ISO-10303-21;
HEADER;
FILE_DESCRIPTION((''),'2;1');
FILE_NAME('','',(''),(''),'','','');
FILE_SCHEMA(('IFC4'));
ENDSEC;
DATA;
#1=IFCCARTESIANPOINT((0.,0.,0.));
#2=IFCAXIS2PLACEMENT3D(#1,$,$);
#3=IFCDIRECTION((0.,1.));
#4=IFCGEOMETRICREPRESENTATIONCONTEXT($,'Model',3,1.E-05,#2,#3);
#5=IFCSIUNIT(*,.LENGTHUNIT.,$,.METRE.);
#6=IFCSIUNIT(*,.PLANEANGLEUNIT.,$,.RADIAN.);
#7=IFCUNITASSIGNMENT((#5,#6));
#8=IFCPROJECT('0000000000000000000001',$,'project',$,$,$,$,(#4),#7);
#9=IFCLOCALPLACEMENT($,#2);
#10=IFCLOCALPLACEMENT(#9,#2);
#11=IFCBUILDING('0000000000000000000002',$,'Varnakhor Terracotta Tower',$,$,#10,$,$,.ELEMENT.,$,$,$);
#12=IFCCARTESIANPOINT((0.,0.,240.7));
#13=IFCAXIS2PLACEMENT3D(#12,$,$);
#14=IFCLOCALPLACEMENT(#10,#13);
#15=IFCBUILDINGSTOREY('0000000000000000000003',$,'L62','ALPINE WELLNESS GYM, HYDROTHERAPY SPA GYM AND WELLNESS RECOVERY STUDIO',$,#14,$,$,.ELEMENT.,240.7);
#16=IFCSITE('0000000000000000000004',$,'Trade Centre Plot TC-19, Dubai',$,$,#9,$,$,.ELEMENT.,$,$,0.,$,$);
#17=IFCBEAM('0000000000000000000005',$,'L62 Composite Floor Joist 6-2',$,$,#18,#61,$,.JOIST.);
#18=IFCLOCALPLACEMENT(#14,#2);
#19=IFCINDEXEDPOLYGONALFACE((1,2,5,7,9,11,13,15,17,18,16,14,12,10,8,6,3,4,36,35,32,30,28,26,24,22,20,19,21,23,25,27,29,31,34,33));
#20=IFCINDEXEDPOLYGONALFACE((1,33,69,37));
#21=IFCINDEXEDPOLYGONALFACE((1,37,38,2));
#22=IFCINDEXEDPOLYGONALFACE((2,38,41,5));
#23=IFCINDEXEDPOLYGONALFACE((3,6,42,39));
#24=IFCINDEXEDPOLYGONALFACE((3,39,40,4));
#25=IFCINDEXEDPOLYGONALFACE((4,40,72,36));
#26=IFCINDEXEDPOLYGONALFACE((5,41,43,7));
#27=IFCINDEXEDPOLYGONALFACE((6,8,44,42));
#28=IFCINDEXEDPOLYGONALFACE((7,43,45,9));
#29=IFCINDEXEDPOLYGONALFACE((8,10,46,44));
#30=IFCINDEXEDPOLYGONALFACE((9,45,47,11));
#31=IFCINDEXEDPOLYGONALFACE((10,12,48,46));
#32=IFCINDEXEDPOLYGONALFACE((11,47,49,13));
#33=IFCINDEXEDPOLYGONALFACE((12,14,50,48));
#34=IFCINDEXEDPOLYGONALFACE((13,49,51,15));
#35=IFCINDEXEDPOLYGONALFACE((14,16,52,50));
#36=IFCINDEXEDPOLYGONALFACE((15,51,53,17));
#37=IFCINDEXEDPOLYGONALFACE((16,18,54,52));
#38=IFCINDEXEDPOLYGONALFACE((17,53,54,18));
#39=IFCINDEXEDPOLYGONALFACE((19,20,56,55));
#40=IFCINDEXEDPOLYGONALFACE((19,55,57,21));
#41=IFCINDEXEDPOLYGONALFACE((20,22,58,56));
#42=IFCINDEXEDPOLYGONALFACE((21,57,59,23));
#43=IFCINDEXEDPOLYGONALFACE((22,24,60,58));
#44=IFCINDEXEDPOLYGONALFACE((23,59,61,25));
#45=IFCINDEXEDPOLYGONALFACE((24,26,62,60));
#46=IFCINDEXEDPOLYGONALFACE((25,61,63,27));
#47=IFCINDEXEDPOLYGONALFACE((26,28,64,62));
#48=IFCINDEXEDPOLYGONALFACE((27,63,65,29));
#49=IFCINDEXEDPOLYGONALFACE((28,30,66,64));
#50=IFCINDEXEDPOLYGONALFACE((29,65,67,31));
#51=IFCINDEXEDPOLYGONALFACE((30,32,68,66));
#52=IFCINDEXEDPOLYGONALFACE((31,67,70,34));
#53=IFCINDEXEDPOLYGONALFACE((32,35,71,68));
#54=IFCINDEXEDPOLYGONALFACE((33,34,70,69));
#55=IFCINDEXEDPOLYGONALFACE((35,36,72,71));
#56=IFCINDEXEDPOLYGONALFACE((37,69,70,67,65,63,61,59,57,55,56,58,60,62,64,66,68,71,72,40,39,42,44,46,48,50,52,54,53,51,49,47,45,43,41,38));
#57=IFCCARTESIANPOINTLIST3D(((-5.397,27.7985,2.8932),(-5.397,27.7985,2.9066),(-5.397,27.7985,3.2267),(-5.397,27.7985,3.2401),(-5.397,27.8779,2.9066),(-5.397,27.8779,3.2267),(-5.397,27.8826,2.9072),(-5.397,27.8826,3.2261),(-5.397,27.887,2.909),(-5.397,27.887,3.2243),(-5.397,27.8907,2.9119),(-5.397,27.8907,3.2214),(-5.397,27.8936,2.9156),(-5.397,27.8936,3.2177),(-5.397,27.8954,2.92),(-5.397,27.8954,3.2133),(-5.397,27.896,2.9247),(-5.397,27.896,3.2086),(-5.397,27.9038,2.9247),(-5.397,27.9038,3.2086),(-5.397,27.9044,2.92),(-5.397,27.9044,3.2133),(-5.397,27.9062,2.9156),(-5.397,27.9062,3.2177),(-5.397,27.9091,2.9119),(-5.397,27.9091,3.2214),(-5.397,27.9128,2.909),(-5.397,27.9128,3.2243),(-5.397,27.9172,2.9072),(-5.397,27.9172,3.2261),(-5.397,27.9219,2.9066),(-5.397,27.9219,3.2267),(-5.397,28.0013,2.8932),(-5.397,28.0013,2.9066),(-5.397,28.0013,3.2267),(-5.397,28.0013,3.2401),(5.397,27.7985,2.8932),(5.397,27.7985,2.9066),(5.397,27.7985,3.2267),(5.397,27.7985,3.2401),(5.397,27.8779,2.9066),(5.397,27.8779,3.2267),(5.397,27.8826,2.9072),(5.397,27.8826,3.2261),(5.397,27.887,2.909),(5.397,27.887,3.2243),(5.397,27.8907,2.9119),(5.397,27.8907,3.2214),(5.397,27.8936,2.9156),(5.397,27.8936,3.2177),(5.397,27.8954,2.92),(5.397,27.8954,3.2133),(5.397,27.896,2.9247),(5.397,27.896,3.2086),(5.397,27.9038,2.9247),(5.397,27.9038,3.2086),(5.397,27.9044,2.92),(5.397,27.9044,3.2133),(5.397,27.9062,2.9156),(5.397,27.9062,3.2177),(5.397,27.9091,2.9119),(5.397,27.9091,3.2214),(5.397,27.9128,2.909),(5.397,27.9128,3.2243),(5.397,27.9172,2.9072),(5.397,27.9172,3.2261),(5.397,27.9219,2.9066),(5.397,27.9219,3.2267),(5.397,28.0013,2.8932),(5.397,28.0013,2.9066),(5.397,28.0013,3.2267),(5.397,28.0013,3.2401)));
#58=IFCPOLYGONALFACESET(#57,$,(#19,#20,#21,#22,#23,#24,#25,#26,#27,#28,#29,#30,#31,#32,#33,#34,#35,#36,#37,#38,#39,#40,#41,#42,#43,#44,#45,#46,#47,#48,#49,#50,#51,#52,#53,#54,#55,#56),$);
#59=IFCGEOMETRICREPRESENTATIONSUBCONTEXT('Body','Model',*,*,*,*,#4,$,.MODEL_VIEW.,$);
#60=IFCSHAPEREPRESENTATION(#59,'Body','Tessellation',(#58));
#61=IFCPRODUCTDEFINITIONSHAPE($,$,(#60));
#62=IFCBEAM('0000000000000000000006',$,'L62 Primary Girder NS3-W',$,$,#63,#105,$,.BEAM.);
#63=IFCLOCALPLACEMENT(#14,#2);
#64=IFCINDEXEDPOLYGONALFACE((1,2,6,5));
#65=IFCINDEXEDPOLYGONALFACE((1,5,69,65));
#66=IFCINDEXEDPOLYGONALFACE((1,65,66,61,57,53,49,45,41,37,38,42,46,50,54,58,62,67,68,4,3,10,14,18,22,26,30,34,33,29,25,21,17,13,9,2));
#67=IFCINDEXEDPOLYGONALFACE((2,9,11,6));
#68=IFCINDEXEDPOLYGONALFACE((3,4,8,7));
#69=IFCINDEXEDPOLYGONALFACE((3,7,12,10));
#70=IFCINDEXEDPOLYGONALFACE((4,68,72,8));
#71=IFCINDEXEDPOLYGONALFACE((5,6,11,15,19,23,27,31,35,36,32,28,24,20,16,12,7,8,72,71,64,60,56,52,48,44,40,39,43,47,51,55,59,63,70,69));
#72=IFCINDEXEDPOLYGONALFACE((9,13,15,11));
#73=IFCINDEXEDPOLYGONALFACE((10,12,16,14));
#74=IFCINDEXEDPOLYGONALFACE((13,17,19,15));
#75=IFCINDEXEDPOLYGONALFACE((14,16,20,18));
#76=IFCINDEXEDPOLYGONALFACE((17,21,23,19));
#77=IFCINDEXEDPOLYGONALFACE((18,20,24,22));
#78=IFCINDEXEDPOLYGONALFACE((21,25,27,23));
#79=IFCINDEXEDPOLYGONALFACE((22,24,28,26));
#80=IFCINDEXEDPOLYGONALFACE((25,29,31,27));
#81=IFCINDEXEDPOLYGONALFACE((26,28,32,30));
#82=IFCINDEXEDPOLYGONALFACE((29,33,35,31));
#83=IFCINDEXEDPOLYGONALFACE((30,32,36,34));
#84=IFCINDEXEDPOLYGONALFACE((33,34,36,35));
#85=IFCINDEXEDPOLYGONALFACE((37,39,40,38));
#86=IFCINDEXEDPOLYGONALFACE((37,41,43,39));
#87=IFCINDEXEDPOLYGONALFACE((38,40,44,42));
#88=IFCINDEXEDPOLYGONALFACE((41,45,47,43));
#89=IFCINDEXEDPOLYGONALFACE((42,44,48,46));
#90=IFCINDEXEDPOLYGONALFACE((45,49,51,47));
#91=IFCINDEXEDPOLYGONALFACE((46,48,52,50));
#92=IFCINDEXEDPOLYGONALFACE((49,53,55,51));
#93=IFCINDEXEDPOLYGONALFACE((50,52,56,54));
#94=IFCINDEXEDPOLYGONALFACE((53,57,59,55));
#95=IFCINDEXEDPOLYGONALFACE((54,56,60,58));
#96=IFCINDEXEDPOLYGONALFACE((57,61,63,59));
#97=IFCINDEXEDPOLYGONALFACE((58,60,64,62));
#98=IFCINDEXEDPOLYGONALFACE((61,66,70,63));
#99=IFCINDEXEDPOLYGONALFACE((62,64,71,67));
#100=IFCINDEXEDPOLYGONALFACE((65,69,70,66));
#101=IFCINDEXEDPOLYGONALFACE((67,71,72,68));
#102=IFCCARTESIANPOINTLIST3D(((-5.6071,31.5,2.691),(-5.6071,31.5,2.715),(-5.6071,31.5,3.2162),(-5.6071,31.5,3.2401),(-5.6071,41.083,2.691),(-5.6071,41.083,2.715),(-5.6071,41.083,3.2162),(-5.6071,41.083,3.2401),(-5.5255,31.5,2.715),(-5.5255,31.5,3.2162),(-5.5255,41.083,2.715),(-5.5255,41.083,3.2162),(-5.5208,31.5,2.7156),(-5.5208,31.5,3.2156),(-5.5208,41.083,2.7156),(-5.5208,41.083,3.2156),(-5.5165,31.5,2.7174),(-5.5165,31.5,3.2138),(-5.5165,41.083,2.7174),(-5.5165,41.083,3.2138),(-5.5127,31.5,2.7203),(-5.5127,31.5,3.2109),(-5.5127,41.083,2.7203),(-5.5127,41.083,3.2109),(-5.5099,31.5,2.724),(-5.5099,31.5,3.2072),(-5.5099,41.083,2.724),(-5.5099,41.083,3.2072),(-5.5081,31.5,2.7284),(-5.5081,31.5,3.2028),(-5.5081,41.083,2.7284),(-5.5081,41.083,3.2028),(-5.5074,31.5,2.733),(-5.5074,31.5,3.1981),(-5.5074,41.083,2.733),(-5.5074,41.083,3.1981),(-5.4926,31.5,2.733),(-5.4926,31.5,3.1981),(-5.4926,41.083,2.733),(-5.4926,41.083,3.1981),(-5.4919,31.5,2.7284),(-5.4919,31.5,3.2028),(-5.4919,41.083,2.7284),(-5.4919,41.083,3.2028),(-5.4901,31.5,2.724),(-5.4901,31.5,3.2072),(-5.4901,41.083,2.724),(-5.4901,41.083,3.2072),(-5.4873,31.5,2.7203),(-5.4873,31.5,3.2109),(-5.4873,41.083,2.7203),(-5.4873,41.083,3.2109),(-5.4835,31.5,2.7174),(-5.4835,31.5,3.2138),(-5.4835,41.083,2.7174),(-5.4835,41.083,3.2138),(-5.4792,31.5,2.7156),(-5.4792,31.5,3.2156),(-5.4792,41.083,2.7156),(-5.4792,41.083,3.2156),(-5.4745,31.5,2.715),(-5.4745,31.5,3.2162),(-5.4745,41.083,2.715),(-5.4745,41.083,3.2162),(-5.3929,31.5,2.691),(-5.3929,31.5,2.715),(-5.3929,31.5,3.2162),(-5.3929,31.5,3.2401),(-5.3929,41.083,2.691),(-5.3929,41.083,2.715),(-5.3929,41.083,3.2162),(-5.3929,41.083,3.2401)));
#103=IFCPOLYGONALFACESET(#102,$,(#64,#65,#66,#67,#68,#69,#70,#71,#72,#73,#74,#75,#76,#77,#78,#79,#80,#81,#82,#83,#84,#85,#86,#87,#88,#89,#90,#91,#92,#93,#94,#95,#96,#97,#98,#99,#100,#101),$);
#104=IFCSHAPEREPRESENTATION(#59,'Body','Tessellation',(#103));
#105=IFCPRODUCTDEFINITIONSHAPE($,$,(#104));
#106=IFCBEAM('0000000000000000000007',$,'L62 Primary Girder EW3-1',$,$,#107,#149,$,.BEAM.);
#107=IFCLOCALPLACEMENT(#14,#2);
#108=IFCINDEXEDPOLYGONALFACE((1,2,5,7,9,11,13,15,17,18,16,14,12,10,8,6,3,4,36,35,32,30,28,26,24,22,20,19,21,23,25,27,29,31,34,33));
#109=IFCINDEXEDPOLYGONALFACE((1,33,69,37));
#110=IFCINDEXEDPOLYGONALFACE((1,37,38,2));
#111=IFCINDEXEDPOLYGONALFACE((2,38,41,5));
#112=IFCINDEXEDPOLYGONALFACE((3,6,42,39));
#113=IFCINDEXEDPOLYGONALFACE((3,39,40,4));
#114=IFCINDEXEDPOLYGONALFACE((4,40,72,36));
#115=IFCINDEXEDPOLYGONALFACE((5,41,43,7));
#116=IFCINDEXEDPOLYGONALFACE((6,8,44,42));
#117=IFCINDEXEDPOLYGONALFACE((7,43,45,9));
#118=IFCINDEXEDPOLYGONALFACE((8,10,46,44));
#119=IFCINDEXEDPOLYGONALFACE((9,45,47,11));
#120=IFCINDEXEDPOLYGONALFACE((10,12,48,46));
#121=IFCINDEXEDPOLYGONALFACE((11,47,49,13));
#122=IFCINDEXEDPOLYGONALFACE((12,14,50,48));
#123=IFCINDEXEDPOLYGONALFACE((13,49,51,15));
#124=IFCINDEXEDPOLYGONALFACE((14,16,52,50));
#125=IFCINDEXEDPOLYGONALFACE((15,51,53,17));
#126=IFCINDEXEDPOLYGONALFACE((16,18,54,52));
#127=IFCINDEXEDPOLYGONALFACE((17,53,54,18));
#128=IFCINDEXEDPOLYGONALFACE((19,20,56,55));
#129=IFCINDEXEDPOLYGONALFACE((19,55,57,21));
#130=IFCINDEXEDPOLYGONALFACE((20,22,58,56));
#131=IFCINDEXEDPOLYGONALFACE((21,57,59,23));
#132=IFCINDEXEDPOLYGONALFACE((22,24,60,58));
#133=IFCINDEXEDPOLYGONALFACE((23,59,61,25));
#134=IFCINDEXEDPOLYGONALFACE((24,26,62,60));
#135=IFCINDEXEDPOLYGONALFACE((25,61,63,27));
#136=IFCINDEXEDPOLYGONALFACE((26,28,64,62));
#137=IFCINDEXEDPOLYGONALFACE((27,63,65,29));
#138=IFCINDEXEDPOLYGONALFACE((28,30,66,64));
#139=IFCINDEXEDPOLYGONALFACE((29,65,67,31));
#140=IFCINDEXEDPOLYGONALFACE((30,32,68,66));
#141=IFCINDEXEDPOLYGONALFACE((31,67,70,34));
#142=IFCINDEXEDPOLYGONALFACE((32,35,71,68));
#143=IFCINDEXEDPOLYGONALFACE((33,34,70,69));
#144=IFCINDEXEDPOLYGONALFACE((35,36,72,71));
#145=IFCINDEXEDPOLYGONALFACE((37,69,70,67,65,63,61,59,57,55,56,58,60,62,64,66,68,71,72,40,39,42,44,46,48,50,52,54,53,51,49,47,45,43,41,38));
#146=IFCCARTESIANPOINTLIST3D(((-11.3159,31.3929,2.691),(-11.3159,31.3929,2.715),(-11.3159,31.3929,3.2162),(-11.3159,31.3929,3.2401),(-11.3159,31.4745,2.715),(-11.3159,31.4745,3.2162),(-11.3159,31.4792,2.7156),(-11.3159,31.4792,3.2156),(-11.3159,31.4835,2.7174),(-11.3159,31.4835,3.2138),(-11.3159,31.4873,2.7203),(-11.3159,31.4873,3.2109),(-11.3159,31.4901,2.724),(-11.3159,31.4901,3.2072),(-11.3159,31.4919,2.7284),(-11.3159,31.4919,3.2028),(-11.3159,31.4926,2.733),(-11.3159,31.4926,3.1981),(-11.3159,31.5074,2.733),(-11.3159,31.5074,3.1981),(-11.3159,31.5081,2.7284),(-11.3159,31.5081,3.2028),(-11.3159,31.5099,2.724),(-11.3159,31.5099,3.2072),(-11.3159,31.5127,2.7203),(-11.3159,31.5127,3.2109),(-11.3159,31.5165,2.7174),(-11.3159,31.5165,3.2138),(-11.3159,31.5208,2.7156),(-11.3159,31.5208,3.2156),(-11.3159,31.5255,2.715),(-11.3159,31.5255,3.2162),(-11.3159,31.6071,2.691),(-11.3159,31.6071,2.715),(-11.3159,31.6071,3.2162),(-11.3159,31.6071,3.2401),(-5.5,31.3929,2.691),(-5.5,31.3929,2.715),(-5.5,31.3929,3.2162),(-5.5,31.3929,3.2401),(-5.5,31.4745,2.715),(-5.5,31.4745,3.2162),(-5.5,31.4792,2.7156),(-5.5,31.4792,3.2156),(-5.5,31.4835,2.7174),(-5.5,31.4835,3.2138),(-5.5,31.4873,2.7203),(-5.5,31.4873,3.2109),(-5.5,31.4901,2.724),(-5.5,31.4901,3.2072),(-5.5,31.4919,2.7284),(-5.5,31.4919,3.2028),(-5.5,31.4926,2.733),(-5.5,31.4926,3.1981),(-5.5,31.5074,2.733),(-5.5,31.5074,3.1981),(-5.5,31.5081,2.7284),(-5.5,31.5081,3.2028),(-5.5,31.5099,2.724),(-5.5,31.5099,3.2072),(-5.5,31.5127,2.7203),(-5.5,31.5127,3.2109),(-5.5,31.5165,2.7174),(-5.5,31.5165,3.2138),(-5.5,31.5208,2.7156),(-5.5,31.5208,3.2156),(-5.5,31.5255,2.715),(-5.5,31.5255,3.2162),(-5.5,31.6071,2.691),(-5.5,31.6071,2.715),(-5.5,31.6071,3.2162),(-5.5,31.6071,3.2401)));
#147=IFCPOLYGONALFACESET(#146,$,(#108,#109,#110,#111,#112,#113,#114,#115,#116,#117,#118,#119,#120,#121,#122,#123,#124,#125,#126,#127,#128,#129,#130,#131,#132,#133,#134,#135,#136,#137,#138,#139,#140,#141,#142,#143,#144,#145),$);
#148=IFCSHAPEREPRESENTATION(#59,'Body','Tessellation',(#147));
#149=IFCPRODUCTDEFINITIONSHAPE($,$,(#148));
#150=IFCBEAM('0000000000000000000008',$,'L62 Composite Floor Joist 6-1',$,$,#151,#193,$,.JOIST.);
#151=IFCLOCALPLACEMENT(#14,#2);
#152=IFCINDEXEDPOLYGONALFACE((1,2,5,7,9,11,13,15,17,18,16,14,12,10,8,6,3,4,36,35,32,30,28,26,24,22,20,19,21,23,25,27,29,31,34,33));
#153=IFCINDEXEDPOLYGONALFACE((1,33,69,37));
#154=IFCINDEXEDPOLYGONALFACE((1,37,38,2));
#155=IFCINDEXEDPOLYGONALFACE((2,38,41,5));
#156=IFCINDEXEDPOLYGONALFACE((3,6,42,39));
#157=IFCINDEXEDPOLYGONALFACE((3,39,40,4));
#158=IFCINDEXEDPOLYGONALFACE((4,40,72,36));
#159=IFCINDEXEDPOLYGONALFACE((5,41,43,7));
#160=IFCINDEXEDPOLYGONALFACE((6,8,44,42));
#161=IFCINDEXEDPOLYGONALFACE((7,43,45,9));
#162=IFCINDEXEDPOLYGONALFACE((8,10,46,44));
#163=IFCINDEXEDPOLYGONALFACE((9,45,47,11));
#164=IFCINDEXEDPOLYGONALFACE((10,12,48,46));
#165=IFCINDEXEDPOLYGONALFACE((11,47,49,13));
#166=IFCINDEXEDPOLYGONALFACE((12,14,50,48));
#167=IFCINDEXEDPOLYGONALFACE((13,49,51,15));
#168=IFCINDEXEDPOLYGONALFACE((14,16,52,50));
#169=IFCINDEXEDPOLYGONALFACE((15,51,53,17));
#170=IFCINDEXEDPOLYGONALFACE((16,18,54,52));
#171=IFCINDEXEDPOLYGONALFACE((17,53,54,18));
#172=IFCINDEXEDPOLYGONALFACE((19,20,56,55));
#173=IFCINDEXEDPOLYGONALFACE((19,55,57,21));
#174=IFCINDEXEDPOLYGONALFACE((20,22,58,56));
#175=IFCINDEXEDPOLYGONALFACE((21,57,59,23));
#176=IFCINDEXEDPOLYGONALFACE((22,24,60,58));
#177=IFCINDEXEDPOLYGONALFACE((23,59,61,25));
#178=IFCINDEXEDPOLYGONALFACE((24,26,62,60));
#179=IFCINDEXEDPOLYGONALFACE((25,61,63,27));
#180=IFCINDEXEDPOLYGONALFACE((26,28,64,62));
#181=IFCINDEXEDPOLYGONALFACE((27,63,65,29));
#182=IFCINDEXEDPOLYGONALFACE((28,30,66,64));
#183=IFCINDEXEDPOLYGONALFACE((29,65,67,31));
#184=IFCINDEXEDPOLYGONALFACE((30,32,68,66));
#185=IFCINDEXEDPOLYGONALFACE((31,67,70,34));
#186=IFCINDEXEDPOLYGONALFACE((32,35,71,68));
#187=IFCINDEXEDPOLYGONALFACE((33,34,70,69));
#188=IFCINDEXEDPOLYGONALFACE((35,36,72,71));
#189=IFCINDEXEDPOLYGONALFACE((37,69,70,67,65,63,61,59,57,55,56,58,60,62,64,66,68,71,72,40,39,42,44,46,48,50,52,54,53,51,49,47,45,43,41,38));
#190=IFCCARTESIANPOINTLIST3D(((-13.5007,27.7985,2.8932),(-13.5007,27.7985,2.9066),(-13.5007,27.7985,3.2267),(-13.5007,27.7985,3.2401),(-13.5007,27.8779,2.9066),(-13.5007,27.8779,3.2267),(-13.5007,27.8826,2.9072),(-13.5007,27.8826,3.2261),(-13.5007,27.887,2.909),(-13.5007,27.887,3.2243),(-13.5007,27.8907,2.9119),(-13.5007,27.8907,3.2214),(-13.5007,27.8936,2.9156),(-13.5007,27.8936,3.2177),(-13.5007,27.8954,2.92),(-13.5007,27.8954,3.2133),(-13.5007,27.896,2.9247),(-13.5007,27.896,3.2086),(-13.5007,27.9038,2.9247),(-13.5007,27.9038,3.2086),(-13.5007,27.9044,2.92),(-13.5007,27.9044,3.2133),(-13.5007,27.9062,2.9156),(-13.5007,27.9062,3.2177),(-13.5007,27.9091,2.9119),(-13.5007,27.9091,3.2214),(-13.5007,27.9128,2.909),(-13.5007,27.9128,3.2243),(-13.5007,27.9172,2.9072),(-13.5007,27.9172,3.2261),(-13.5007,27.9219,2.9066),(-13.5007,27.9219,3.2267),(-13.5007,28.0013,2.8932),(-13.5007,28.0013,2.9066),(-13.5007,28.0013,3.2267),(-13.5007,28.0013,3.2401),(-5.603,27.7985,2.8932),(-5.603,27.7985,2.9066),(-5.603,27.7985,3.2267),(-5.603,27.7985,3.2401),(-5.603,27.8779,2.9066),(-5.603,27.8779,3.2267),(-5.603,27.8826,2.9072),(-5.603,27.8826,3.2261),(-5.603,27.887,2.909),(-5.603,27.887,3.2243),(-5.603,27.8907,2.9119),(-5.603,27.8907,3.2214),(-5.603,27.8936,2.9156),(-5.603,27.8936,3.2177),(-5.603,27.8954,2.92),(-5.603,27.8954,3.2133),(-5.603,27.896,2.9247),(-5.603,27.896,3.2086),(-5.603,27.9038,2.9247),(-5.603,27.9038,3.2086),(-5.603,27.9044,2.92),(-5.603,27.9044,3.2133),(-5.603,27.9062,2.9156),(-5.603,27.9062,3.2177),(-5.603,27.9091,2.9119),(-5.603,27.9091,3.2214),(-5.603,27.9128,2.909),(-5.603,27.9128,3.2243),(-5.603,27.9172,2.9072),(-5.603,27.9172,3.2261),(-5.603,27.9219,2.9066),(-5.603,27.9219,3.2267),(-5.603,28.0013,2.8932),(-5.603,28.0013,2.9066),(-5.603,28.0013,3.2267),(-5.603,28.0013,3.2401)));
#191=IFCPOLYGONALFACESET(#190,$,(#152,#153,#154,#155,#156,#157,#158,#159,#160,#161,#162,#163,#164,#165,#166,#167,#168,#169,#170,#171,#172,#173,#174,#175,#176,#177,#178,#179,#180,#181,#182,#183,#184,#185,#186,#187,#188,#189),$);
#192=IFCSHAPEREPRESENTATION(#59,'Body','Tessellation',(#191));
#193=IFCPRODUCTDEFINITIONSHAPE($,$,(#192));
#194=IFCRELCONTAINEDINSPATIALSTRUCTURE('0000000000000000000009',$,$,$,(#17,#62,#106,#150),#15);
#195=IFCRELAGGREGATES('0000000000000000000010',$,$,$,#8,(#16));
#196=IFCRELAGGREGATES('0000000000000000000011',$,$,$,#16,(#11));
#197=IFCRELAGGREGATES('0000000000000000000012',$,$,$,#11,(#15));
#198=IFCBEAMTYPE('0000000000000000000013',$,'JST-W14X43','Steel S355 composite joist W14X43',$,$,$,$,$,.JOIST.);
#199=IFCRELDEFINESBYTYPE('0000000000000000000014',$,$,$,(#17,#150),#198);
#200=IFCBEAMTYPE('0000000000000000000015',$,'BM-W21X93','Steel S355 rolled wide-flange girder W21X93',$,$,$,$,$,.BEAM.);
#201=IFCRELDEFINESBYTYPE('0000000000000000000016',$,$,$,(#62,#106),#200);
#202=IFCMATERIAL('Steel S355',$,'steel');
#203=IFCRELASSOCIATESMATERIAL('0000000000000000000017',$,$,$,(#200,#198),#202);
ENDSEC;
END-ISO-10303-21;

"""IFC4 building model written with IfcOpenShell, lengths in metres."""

from ifc_helpers import new_model, si_unit, direction, frame, origin, origin_2d, place, context, subcontext, project, spatial, i_section, extrude, source, transform, mapped, material, material_profile, profile_set, type_object, element, save


model = new_model("IFC4")

# Units and contexts
model_context = context("Model", 3, precision=1e-05, world=origin(), true_north=direction((0.0, 1.0)))
body_context = subcontext(model_context, "Body", "Model", "MODEL_VIEW")
ifc_project = project(units=[si_unit("LENGTHUNIT", "METRE"), si_unit("PLANEANGLEUNIT", "RADIAN")], contexts=[model_context])

# Site, building, storey
site_placement = place(None, origin())
site = spatial("IfcSite", under=ifc_project, at=site_placement, Name="Trade Centre Plot TC-19, Dubai", CompositionType="ELEMENT", RefElevation=0.0)
building_placement = place(site_placement, origin())
building = spatial("IfcBuilding", under=site, at=building_placement, Name="Varnakhor Terracotta Tower", CompositionType="ELEMENT")
storey_placement = place(building_placement, frame((0.0, 0.0, 240.7)))
storey = spatial("IfcBuildingStorey", under=building, at=storey_placement, Name="L62", Description="ALPINE WELLNESS GYM, HYDROTHERAPY SPA GYM AND WELLNESS RECOVERY STUDIO", CompositionType="ELEMENT", Elevation=240.7)

# Beams
ifc_material_1 = material(Name="Steel S355", Category="steel")
ifc_material_profile_1 = material_profile(ifc_material_1, i_section(OverallWidth=0.2141, OverallDepth=0.5491, WebThickness=0.0149, FlangeThickness=0.0239, FilletRadius=0.0181, at=origin_2d()), Name="W21X93")
ifc_profile_set_1 = profile_set([ifc_material_profile_1], Name="Steel S355")
beam_type_1 = type_object("IfcBeamType", Name="BM-W21X93", Description="Steel S355 rolled wide-flange girder W21X93", PredefinedType="BEAM", material=ifc_profile_set_1)
ifc_material_profile_2 = material_profile(ifc_material_1, i_section(OverallWidth=0.2029, OverallDepth=0.3469, WebThickness=0.0078, FlangeThickness=0.0134, FilletRadius=0.0181, at=origin_2d()), Name="W14X43")
ifc_profile_set_2 = profile_set([ifc_material_profile_2], Name="Steel S355")
beam_type_2 = type_object("IfcBeamType", Name="JST-W14X43", Description="Steel S355 composite joist W14X43", PredefinedType="JOIST", material=ifc_profile_set_2)
shared_shape_1 = source(origin(), body_context, "Body", "SweptSolid", [
    extrude(i_section(OverallWidth=0.2029, OverallDepth=0.3469, WebThickness=0.0078, FlangeThickness=0.0134, FilletRadius=0.0181, at=origin_2d()), origin(), (0.0, 0.0, 1.0), 10.7939),
])
beam_1_placement = place(storey_placement, frame((-5.397, 27.8999, 3.0667), z_axis=(1.0, 0.0, 0.0), x_axis=(0.0, 1.0, 0.0)))
element("IfcBeam", 1, at=beam_1_placement, inside=storey, type_object=beam_type_2, Name="L62 Composite Floor Joist 6-2", PredefinedType="JOIST", context=body_context, shape_type="MappedRepresentation", body=[
    mapped(shared_shape_1, transform((0.0, 0.0, 0.0), scale=1.0)),
])
shared_shape_2 = source(origin(), body_context, "Body", "SweptSolid", [
    extrude(i_section(OverallWidth=0.2141, OverallDepth=0.5491, WebThickness=0.0149, FlangeThickness=0.0239, FilletRadius=0.0181, at=origin_2d()), origin(), (0.0, 0.0, 1.0), 9.583),
])
beam_2_placement = place(storey_placement, frame((-5.5, 31.5, 2.9656), z_axis=(0.0, 1.0, 0.0), x_axis=(-1.0, 0.0, 0.0)))
element("IfcBeam", 2, at=beam_2_placement, inside=storey, type_object=beam_type_1, Name="L62 Primary Girder NS3-W", PredefinedType="BEAM", context=body_context, shape_type="MappedRepresentation", body=[
    mapped(shared_shape_2, transform((0.0, 0.0, 0.0), scale=1.0)),
])
shared_shape_3 = source(origin(), body_context, "Body", "SweptSolid", [
    extrude(i_section(OverallWidth=0.2141, OverallDepth=0.5491, WebThickness=0.0149, FlangeThickness=0.0239, FilletRadius=0.0181, at=origin_2d()), origin(), (0.0, 0.0, 1.0), 5.8159),
])
beam_3_placement = place(storey_placement, frame((-11.3159, 31.5, 2.9656), z_axis=(1.0, 0.0, 0.0), x_axis=(0.0, 1.0, 0.0)))
element("IfcBeam", 3, at=beam_3_placement, inside=storey, type_object=beam_type_1, Name="L62 Primary Girder EW3-1", PredefinedType="BEAM", context=body_context, shape_type="MappedRepresentation", body=[
    mapped(shared_shape_3, transform((0.0, 0.0, 0.0), scale=1.0)),
])
shared_shape_4 = source(origin(), body_context, "Body", "SweptSolid", [
    extrude(i_section(OverallWidth=0.2029, OverallDepth=0.3469, WebThickness=0.0078, FlangeThickness=0.0134, FilletRadius=0.0181, at=origin_2d()), origin(), (0.0, 0.0, 1.0), 7.8977),
])
beam_4_placement = place(storey_placement, frame((-13.5007, 27.8999, 3.0667), z_axis=(1.0, 0.0, 0.0), x_axis=(0.0, 1.0, 0.0)))
element("IfcBeam", 4, at=beam_4_placement, inside=storey, type_object=beam_type_2, Name="L62 Composite Floor Joist 6-1", PredefinedType="JOIST", context=body_context, shape_type="MappedRepresentation", body=[
    mapped(shared_shape_4, transform((0.0, 0.0, 0.0), scale=1.0)),
])

save(model, "model.ifc")
